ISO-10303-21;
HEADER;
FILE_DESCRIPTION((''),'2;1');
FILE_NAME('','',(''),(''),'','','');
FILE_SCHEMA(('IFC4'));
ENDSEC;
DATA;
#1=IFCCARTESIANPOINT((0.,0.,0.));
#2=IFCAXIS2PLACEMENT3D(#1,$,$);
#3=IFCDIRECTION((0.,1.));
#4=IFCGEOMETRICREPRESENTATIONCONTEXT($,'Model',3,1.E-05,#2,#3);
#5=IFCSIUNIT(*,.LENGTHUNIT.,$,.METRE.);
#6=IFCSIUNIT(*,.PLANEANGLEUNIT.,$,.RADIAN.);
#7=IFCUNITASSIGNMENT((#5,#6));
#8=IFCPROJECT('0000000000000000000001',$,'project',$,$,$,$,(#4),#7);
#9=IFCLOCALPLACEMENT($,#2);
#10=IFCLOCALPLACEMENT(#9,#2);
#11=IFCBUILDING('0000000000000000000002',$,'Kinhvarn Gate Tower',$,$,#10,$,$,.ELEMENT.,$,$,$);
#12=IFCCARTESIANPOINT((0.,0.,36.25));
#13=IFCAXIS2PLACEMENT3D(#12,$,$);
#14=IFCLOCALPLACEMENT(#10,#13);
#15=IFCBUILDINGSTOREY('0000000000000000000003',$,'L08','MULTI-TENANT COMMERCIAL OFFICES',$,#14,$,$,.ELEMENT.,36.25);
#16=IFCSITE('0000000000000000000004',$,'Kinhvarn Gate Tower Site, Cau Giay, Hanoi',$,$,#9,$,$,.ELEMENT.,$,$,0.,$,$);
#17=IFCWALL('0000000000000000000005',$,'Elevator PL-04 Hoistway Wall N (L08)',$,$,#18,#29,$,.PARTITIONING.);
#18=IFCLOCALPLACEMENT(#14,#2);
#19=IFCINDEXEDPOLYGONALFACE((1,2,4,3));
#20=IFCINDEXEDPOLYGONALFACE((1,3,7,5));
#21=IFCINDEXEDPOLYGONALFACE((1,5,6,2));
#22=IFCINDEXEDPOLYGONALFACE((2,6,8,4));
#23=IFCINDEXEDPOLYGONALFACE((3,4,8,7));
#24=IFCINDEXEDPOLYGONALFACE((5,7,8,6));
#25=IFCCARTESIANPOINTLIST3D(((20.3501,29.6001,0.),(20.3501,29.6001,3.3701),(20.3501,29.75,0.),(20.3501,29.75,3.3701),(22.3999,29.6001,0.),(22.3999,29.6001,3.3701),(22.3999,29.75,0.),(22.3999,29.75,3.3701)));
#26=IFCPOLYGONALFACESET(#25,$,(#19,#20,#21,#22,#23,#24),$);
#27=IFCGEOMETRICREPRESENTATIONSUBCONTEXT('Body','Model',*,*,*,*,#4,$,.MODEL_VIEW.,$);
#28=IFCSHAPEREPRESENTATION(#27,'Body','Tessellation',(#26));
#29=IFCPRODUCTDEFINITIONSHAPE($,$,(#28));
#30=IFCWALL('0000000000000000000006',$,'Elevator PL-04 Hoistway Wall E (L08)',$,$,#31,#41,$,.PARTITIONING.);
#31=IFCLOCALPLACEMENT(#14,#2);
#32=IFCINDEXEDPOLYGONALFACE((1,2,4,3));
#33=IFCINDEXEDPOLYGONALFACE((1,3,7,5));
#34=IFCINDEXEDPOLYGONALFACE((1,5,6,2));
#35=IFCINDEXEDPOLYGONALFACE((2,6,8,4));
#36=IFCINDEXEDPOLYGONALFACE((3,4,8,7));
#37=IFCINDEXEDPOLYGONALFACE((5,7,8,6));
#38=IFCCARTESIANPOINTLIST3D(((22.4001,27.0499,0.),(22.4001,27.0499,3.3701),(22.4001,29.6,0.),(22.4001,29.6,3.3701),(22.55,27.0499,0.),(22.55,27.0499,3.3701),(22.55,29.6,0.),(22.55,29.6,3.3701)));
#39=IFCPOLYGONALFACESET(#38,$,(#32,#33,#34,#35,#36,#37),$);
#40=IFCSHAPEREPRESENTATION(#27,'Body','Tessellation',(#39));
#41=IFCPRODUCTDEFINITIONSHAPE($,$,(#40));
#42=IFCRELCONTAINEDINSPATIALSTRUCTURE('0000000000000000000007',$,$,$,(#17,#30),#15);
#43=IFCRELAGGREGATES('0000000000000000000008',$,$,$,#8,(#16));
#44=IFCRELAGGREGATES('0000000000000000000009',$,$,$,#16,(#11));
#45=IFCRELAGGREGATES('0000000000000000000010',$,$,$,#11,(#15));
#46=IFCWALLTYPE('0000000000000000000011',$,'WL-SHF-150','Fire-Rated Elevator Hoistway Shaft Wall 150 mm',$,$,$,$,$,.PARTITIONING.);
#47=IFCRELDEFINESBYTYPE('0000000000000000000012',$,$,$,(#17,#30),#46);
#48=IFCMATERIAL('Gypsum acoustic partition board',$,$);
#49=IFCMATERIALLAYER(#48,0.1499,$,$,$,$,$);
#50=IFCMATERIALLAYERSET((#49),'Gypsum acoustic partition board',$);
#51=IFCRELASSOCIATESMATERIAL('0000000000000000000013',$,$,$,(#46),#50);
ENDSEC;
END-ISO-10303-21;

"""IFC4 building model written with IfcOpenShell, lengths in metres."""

from ifc_helpers import new_model, si_unit, direction, frame, frame_2d, origin, place, context, subcontext, project, spatial, rectangle, extrude, material, layer, layer_set, type_object, element, save


model = new_model("IFC4")

# Units and contexts
model_context = context("Model", 3, precision=1e-05, world=origin(), true_north=direction((0.0, 1.0)))
body_context = subcontext(model_context, "Body", "Model", "MODEL_VIEW")
ifc_project = project(units=[si_unit("LENGTHUNIT", "METRE"), si_unit("PLANEANGLEUNIT", "RADIAN")], contexts=[model_context])

# Site, building, storey
site_placement = place(None, origin())
site = spatial("IfcSite", under=ifc_project, at=site_placement, Name="Kinhvarn Gate Tower Site, Cau Giay, Hanoi", CompositionType="ELEMENT", RefElevation=0.0)
building_placement = place(site_placement, origin())
building = spatial("IfcBuilding", under=site, at=building_placement, Name="Kinhvarn Gate Tower", CompositionType="ELEMENT")
storey_placement = place(building_placement, frame((0.0, 0.0, 36.25)))
storey = spatial("IfcBuildingStorey", under=building, at=storey_placement, Name="L08", Description="MULTI-TENANT COMMERCIAL OFFICES", CompositionType="ELEMENT", Elevation=36.25)

# Shared definitions
ifc_material_1 = material(Name="Gypsum acoustic partition board")

# Shared definitions
ifc_layer_1 = layer(ifc_material_1, 0.1499)
ifc_layer_set_1 = layer_set([ifc_layer_1], Name="Gypsum acoustic partition board")
wall_type_1 = type_object("IfcWallType", Name="WL-SHF-150", Description="Fire-Rated Elevator Hoistway Shaft Wall 150 mm", PredefinedType="PARTITIONING", material=ifc_layer_set_1)

# Walls
wall_1_placement = place(storey_placement, frame((20.3501, 29.675, 0.0), z_axis=(0.0, 0.0, 1.0), x_axis=(1.0, 0.0, 0.0)))
element("IfcWall", 1, at=wall_1_placement, inside=storey, type_object=wall_type_1, Name="Elevator PL-04 Hoistway Wall N (L08)", PredefinedType="PARTITIONING", context=body_context, shape_type="SweptSolid", body=[
    extrude(rectangle(XDim=2.0498, YDim=0.1499, at=frame_2d((1.0249, 0.0))), origin(), (0.0, 0.0, 1.0), 3.3701),
])
wall_2_placement = place(storey_placement, frame((22.4751, 27.05, 0.0), z_axis=(0.0, 0.0, 1.0), x_axis=(0.0, 1.0, 0.0)))
element("IfcWall", 2, at=wall_2_placement, inside=storey, type_object=wall_type_1, Name="Elevator PL-04 Hoistway Wall E (L08)", PredefinedType="PARTITIONING", context=body_context, shape_type="SweptSolid", body=[
    extrude(rectangle(XDim=2.55, YDim=0.1499, at=frame_2d((1.2749, 0.0))), origin(), (0.0, 0.0, 1.0), 3.3701),
])

save(model, "model.ifc")
